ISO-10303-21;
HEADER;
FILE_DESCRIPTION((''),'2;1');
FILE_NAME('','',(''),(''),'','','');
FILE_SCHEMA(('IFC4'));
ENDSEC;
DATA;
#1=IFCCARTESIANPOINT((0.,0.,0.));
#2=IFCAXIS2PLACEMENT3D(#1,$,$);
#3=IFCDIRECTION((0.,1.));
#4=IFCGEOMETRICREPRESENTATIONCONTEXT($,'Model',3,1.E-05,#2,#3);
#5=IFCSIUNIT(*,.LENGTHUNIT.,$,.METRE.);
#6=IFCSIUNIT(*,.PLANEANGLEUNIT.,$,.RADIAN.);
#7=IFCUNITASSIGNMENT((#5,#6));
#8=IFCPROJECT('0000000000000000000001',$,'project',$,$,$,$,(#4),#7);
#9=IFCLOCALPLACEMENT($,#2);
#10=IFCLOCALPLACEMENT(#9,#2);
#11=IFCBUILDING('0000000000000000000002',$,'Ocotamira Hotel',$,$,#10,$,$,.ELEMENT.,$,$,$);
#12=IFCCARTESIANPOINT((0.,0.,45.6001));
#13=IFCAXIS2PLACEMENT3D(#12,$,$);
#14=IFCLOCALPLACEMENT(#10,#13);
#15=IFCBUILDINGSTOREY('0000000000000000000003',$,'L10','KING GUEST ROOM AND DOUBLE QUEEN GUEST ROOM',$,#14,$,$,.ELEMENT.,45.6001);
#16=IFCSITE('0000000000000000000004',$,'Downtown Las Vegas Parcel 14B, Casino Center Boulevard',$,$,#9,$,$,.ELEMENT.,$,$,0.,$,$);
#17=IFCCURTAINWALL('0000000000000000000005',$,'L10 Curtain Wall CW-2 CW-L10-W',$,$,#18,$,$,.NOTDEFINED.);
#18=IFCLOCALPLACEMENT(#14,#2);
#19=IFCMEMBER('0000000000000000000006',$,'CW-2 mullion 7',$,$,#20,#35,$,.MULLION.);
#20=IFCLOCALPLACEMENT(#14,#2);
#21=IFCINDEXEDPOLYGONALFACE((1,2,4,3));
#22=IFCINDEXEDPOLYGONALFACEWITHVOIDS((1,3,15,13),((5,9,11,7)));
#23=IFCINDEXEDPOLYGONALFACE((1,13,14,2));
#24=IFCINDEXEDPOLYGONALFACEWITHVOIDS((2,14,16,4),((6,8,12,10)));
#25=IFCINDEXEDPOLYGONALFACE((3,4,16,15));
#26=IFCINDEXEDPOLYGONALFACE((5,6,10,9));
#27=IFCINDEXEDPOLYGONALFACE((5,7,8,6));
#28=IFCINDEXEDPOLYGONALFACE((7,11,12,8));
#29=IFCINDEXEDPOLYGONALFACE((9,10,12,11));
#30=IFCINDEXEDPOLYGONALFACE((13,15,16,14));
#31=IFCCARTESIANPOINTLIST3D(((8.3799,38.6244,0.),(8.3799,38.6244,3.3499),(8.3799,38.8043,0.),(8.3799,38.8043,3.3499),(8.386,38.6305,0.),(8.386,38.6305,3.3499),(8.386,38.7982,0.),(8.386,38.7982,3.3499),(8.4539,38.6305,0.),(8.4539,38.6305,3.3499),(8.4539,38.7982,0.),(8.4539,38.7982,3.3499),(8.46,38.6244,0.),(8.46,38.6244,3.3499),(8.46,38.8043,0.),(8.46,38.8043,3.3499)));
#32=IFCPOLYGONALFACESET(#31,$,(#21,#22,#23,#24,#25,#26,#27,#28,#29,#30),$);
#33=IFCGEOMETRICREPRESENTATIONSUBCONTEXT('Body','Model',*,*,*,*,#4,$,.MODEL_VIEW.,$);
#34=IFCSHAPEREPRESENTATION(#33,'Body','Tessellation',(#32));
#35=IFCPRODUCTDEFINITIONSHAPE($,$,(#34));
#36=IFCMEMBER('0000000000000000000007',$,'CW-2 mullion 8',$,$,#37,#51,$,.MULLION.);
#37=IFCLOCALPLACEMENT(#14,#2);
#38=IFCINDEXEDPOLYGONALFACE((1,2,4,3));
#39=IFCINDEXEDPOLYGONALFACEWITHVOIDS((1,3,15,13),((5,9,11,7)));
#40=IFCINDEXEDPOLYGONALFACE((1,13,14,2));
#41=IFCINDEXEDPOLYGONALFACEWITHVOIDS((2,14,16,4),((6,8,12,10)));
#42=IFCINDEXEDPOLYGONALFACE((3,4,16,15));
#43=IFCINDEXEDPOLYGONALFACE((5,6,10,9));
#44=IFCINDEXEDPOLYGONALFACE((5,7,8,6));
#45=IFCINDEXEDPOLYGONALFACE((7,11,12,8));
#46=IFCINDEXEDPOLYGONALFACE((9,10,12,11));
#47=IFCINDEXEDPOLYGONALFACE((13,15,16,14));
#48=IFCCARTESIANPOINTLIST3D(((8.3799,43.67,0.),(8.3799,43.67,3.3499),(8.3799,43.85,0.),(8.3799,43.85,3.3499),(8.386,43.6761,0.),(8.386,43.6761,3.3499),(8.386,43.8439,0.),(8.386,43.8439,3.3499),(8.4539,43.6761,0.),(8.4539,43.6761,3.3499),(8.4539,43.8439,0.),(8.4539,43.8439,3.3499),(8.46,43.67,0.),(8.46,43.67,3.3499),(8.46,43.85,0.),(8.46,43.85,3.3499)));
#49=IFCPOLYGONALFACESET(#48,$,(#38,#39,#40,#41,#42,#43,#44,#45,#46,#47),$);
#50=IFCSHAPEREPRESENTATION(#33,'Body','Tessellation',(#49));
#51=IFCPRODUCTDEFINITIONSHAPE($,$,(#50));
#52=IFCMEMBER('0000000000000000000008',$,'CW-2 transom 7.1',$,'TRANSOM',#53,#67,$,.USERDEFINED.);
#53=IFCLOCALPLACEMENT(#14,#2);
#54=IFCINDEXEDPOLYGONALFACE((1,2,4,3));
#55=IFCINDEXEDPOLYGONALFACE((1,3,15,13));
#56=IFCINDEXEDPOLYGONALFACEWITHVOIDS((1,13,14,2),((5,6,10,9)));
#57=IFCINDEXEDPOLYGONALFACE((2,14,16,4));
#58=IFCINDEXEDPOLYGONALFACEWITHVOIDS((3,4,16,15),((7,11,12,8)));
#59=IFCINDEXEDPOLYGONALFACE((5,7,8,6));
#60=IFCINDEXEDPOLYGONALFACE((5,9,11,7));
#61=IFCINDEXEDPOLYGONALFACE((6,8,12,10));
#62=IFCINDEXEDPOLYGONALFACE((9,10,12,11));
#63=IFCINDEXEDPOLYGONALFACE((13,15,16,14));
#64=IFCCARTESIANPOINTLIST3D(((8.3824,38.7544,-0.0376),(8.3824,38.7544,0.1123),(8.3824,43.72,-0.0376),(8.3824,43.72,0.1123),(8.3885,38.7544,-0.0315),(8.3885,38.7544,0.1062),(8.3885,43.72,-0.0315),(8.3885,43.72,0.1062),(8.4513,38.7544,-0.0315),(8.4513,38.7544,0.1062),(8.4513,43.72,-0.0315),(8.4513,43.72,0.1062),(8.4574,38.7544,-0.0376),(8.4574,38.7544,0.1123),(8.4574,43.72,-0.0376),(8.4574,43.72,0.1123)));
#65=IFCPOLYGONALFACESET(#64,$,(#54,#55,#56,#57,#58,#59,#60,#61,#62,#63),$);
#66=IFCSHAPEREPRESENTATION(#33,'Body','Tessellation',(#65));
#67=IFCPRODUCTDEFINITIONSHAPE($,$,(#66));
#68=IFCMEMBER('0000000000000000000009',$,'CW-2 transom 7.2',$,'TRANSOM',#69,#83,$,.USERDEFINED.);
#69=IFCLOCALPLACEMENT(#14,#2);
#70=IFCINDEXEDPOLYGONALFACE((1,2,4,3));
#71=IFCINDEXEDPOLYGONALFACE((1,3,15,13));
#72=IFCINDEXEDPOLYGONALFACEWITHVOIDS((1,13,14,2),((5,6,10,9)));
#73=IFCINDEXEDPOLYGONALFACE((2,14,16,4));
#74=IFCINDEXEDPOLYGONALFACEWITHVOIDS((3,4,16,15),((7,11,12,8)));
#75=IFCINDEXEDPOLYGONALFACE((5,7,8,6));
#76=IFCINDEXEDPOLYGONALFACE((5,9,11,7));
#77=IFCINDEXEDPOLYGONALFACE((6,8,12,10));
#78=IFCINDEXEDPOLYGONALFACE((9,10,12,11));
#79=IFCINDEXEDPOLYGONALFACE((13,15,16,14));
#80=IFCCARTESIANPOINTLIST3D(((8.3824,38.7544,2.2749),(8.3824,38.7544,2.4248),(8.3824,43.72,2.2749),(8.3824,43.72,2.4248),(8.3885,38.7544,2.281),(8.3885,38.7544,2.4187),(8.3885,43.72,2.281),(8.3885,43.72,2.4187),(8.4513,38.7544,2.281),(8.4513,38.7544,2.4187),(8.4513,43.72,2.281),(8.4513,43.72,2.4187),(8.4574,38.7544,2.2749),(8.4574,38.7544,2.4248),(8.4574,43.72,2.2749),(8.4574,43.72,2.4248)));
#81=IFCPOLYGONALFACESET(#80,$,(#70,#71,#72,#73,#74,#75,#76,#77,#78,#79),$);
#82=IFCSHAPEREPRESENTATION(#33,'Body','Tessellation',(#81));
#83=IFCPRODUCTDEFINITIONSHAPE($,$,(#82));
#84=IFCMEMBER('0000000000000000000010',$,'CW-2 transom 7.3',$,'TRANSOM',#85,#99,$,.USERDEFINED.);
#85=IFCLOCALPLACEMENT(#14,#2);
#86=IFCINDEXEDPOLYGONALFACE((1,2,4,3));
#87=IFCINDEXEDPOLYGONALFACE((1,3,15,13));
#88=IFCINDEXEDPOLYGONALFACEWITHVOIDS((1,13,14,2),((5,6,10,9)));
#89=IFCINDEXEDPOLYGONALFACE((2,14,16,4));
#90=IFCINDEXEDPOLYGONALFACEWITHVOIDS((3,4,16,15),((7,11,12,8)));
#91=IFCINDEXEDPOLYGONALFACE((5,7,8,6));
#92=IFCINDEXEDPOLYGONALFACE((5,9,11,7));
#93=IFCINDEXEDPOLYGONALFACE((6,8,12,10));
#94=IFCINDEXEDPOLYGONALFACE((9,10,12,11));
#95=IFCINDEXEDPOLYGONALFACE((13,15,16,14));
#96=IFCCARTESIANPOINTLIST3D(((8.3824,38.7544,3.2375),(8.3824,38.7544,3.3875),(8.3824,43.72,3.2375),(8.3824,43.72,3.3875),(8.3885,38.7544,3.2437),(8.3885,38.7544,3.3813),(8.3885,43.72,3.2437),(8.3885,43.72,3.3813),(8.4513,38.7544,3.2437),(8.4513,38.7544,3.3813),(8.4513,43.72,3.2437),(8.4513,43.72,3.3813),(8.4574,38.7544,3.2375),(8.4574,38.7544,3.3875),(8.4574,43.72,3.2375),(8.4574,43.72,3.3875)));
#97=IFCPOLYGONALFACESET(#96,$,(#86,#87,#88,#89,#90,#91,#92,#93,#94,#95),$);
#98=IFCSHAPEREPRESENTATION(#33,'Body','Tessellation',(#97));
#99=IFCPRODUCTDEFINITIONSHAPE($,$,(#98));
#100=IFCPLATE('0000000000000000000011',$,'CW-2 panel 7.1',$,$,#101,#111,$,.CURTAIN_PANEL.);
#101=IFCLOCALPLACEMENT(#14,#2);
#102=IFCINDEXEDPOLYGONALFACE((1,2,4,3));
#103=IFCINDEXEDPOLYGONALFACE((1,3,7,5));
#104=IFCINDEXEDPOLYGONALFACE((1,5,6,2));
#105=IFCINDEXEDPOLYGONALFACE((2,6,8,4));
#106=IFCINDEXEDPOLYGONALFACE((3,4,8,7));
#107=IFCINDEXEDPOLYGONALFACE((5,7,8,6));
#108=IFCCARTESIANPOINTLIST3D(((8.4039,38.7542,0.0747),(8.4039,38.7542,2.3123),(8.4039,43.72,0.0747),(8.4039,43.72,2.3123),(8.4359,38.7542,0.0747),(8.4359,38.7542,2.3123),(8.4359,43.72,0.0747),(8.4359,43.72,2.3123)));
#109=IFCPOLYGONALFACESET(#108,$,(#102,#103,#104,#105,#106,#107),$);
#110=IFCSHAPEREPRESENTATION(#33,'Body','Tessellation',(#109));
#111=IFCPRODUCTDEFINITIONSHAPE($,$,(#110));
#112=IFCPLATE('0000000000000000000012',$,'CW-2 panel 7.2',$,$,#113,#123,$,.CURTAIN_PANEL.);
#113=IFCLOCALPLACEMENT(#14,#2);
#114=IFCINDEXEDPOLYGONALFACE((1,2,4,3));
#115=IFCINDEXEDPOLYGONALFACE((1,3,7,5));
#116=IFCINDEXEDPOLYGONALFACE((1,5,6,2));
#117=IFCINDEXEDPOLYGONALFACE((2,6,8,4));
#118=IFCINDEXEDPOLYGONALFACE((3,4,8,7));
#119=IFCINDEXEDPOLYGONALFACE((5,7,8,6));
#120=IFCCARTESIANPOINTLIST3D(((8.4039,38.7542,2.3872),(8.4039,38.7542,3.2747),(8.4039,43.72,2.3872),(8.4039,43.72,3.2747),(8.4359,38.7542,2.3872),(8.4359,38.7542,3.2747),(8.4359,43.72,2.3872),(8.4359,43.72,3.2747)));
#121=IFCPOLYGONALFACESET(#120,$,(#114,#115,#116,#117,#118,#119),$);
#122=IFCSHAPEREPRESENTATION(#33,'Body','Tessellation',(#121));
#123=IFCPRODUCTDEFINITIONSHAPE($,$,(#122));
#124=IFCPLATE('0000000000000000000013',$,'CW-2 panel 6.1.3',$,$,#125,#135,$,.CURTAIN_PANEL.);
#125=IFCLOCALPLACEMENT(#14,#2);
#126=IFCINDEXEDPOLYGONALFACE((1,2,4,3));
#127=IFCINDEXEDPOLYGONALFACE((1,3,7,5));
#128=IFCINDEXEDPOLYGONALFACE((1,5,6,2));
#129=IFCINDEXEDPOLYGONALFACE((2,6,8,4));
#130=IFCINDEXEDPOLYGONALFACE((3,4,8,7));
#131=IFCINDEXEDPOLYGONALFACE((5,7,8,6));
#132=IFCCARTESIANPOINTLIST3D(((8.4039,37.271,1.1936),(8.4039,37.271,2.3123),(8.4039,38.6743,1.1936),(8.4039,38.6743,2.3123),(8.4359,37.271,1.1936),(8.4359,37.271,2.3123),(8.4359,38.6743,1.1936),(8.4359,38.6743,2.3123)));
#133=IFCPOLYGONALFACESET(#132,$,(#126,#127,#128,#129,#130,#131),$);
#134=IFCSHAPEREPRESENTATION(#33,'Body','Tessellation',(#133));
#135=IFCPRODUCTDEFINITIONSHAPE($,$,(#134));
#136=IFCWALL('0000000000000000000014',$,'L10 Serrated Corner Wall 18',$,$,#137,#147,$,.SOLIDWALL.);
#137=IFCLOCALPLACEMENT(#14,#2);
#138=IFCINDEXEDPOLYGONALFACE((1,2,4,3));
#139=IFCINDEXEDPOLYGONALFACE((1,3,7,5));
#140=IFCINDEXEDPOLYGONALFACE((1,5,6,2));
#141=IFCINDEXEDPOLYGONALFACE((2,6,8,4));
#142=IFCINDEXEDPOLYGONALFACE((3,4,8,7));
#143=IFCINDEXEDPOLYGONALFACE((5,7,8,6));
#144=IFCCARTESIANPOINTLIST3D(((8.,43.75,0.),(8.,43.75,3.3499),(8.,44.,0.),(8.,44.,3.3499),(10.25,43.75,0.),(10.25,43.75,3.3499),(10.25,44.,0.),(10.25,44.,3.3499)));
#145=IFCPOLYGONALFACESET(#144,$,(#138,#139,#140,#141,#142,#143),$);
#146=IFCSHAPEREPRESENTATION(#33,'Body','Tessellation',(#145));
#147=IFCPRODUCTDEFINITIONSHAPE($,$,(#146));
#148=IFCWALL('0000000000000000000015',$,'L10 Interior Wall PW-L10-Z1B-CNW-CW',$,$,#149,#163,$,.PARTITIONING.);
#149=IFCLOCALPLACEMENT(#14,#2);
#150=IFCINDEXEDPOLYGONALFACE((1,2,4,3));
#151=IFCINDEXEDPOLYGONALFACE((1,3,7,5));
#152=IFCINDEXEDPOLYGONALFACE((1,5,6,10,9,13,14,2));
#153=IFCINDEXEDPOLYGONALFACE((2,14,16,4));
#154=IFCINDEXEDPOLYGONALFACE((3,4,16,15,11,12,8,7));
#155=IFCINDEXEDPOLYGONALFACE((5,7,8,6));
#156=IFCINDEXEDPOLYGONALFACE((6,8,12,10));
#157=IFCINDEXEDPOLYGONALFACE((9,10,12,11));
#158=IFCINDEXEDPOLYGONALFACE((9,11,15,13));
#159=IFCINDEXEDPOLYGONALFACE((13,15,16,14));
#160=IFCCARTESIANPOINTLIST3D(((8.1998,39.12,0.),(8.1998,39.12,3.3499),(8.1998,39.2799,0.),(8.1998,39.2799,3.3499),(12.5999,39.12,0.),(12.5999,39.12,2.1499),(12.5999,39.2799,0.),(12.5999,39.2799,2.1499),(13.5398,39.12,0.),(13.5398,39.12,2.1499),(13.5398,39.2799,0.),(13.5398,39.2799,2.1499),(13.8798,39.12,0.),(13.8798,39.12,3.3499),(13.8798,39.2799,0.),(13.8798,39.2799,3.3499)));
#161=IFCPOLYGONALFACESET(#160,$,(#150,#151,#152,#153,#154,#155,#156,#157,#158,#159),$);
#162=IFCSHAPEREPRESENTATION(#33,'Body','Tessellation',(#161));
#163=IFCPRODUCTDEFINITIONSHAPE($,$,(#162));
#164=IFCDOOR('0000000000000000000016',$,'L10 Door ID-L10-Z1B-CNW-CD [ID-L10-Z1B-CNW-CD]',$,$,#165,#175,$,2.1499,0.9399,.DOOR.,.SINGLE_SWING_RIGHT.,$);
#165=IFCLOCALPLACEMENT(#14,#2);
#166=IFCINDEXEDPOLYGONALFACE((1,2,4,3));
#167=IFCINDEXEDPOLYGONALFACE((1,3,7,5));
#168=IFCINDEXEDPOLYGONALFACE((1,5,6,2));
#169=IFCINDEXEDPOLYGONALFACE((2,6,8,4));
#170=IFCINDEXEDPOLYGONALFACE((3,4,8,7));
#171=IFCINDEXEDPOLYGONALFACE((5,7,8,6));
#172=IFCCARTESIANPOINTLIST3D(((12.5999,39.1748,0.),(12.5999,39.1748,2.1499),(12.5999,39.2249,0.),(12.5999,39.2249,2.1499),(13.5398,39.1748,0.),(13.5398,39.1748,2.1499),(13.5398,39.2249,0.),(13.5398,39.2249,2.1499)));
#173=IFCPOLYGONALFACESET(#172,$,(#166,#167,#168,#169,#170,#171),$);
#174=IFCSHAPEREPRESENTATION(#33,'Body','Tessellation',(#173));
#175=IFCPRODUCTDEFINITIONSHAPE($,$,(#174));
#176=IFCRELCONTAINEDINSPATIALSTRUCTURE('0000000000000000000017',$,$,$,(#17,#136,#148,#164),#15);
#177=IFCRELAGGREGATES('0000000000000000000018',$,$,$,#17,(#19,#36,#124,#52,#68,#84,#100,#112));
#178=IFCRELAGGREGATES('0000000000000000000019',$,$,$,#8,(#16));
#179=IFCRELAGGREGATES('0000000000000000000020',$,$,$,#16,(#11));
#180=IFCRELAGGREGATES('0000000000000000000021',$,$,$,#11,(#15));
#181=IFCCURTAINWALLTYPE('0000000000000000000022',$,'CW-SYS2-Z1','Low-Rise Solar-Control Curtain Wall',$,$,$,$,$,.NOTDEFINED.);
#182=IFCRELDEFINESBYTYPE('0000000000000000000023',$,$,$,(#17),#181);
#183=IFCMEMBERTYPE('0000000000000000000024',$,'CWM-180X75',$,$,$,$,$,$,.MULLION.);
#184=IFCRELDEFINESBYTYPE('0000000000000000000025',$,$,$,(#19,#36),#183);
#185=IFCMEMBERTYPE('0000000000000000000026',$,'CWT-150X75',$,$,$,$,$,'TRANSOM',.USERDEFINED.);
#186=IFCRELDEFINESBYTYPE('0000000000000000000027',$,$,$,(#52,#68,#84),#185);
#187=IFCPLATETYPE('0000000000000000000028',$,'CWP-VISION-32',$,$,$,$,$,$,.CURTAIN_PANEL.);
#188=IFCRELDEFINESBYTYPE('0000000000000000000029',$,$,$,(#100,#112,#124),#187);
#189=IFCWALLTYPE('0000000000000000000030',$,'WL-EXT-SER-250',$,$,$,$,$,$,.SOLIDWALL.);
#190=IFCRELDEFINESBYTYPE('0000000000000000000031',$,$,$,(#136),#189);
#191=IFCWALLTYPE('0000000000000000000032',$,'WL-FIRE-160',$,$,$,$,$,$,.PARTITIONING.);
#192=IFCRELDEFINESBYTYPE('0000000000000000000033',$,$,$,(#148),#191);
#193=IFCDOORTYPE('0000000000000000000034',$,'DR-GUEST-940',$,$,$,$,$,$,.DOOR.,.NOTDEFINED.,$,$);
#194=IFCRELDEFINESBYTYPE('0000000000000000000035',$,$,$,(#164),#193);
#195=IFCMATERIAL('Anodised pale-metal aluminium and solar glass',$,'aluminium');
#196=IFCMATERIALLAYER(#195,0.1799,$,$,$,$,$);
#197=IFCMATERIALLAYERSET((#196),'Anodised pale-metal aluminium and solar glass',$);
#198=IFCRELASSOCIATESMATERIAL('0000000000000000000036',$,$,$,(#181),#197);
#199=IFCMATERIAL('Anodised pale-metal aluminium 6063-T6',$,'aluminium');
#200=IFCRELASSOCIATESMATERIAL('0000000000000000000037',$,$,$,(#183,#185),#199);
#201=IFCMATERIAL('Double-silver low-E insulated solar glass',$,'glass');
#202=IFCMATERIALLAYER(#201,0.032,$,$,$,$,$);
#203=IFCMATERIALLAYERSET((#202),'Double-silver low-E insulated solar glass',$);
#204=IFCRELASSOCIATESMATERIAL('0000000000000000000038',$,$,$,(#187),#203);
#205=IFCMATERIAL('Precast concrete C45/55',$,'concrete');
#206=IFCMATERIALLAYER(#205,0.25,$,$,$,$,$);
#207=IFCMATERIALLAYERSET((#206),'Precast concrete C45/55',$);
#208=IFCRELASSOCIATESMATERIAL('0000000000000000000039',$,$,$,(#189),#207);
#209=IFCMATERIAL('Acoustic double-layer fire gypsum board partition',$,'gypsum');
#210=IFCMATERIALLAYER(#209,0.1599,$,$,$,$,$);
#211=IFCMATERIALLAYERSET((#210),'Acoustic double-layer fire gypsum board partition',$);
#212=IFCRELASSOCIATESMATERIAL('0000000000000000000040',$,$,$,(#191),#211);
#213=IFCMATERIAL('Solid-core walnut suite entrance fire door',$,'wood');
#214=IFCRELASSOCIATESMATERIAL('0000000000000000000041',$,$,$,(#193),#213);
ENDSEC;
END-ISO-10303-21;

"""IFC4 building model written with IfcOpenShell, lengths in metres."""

from ifc_helpers import new_model, si_unit, direction, frame, frame_2d, origin, origin_2d, place, context, subcontext, project, spatial, rectangle, hollow_rectangle, extrude, source, transform, mapped, material, layer, layer_set, material_profile, profile_set, type_object, element, fill, aggregate, save


model = new_model("IFC4")

# Units and contexts
model_context = context("Model", 3, precision=1e-05, world=origin(), true_north=direction((0.0, 1.0)))
body_context = subcontext(model_context, "Body", "Model", "MODEL_VIEW")
ifc_project = project(units=[si_unit("LENGTHUNIT", "METRE"), si_unit("PLANEANGLEUNIT", "RADIAN")], contexts=[model_context])

# Site, building, storey
site_placement = place(None, origin())
site = spatial("IfcSite", under=ifc_project, at=site_placement, Name="Downtown Las Vegas Parcel 14B, Casino Center Boulevard", CompositionType="ELEMENT", RefElevation=0.0)
building_placement = place(site_placement, origin())
building = spatial("IfcBuilding", under=site, at=building_placement, Name="Ocotamira Hotel", CompositionType="ELEMENT")
storey_placement = place(building_placement, frame((0.0, 0.0, 45.6001)))
storey = spatial("IfcBuildingStorey", under=building, at=storey_placement, Name="L10", Description="KING GUEST ROOM AND DOUBLE QUEEN GUEST ROOM", CompositionType="ELEMENT", Elevation=45.6001)

# Curtain wall, members, plates
ifc_material_1 = material(Name="Anodised pale-metal aluminium and solar glass", Category="aluminium")
ifc_layer_1 = layer(ifc_material_1, 0.1799)
ifc_layer_set_1 = layer_set([ifc_layer_1], Name="Anodised pale-metal aluminium and solar glass")
curtain_wall_type = type_object("IfcCurtainWallType", Name="CW-SYS2-Z1", Description="Low-Rise Solar-Control Curtain Wall", PredefinedType="NOTDEFINED", material=ifc_layer_set_1)
curtain_wall_placement = place(storey_placement, origin())
curtain_wall = element("IfcCurtainWall", 1, at=curtain_wall_placement, inside=storey, type_object=curtain_wall_type, Name="L10 Curtain Wall CW-2 CW-L10-W", PredefinedType="NOTDEFINED")
ifc_material_2 = material(Name="Anodised pale-metal aluminium 6063-T6", Category="aluminium")
ifc_material_profile_1 = material_profile(ifc_material_2, hollow_rectangle(XDim=0.0801, YDim=0.1799, WallThickness=0.0061, at=origin_2d()), Name="HSS180X80X6")
ifc_profile_set_1 = profile_set([ifc_material_profile_1], Name="Anodised pale-metal aluminium 6063-T6")
member_type_1 = type_object("IfcMemberType", Name="CWM-180X75", PredefinedType="MULLION", material=ifc_profile_set_1)
shared_shape_1 = source(origin(), body_context, "Body", "SweptSolid", [
    extrude(hollow_rectangle(XDim=0.0801, YDim=0.1799, WallThickness=0.0061, at=origin_2d()), origin(), (0.0, 0.0, 1.0), 3.3499),
])
member_1_placement = place(storey_placement, frame((8.4199, 38.7144, 0.0), z_axis=(0.0, 0.0, 1.0), x_axis=(-1.0, 0.0, 0.0)))
member_1 = element("IfcMember", 2, at=member_1_placement, type_object=member_type_1, Name="CW-2 mullion 7", PredefinedType="MULLION", context=body_context, shape_type="MappedRepresentation", body=[
    mapped(shared_shape_1, transform((0.0, 0.0, 0.0), scale=1.0)),
])
member_2_placement = place(storey_placement, frame((8.4199, 43.76, 0.0), z_axis=(0.0, 0.0, 1.0), x_axis=(-1.0, 0.0, 0.0)))
member_2 = element("IfcMember", 3, at=member_2_placement, type_object=member_type_1, Name="CW-2 mullion 8", PredefinedType="MULLION", context=body_context, shape_type="MappedRepresentation", body=[
    mapped(shared_shape_1, transform((0.0, 0.0, 0.0), scale=1.0)),
])
ifc_material_profile_2 = material_profile(ifc_material_2, hollow_rectangle(XDim=0.075, YDim=0.1499, WallThickness=0.0061, at=origin_2d()), Name="HSS150X75X6")
ifc_profile_set_2 = profile_set([ifc_material_profile_2], Name="Anodised pale-metal aluminium 6063-T6")
member_type_2 = type_object("IfcMemberType", Name="CWT-150X75", ElementType="TRANSOM", PredefinedType="USERDEFINED", material=ifc_profile_set_2)
shared_shape_2 = source(origin(), body_context, "Body", "SweptSolid", [
    extrude(hollow_rectangle(XDim=0.075, YDim=0.1499, WallThickness=0.0061, at=origin_2d()), origin(), (0.0, 0.0, 1.0), 4.9656),
])
member_3_placement = place(storey_placement, frame((8.4199, 38.7544, 0.0374), z_axis=(0.0, 1.0, 0.0), x_axis=(-1.0, 0.0, 0.0)))
member_3 = element("IfcMember", 4, at=member_3_placement, type_object=member_type_2, Name="CW-2 transom 7.1", ObjectType="TRANSOM", PredefinedType="USERDEFINED", context=body_context, shape_type="MappedRepresentation", body=[
    mapped(shared_shape_2, transform((0.0, 0.0, 0.0), scale=1.0)),
])
member_4_placement = place(storey_placement, frame((8.4199, 38.7544, 2.3499), z_axis=(0.0, 1.0, 0.0), x_axis=(-1.0, 0.0, 0.0)))
member_4 = element("IfcMember", 5, at=member_4_placement, type_object=member_type_2, Name="CW-2 transom 7.2", ObjectType="TRANSOM", PredefinedType="USERDEFINED", context=body_context, shape_type="MappedRepresentation", body=[
    mapped(shared_shape_2, transform((0.0, 0.0, 0.0), scale=1.0)),
])
member_5_placement = place(storey_placement, frame((8.4199, 38.7544, 3.3125), z_axis=(0.0, 1.0, 0.0), x_axis=(-1.0, 0.0, 0.0)))
member_5 = element("IfcMember", 6, at=member_5_placement, type_object=member_type_2, Name="CW-2 transom 7.3", ObjectType="TRANSOM", PredefinedType="USERDEFINED", context=body_context, shape_type="MappedRepresentation", body=[
    mapped(shared_shape_2, transform((0.0, 0.0, 0.0), scale=1.0)),
])
ifc_material_3 = material(Name="Double-silver low-E insulated solar glass", Category="glass")
ifc_layer_2 = layer(ifc_material_3, 0.032)
ifc_layer_set_2 = layer_set([ifc_layer_2], Name="Double-silver low-E insulated solar glass")
plate_type = type_object("IfcPlateType", Name="CWP-VISION-32", PredefinedType="CURTAIN_PANEL", material=ifc_layer_set_2)
shared_shape_3 = source(origin(), body_context, "Body", "SweptSolid", [
    extrude(rectangle(XDim=4.9658, YDim=0.032, at=origin_2d()), origin(), (0.0, 0.0, 1.0), 2.2375),
])
plate_1_placement = place(storey_placement, frame((8.4199, 41.2371, 0.0747), z_axis=(0.0, 0.0, 1.0), x_axis=(0.0, 1.0, 0.0)))
plate_1 = element("IfcPlate", 7, at=plate_1_placement, type_object=plate_type, Name="CW-2 panel 7.1", PredefinedType="CURTAIN_PANEL", context=body_context, shape_type="MappedRepresentation", body=[
    mapped(shared_shape_3, transform((0.0, 0.0, 0.0), scale=1.0)),
])
shared_shape_4 = source(origin(), body_context, "Body", "SweptSolid", [
    extrude(rectangle(XDim=4.9658, YDim=0.032, at=origin_2d()), origin(), (0.0, 0.0, 1.0), 0.8875),
])
plate_2_placement = place(storey_placement, frame((8.4199, 41.2371, 2.3872), z_axis=(0.0, 0.0, 1.0), x_axis=(0.0, 1.0, 0.0)))
plate_2 = element("IfcPlate", 8, at=plate_2_placement, type_object=plate_type, Name="CW-2 panel 7.2", PredefinedType="CURTAIN_PANEL", context=body_context, shape_type="MappedRepresentation", body=[
    mapped(shared_shape_4, transform((0.0, 0.0, 0.0), scale=1.0)),
])
shared_shape_5 = source(origin(), body_context, "Body", "SweptSolid", [
    extrude(rectangle(XDim=1.4033, YDim=0.032, at=origin_2d()), origin(), (0.0, 0.0, 1.0), 1.1187),
])
plate_3_placement = place(storey_placement, frame((8.4199, 37.9727, 1.1936), z_axis=(0.0, 0.0, 1.0), x_axis=(0.0, 1.0, 0.0)))
plate_3 = element("IfcPlate", 9, at=plate_3_placement, type_object=plate_type, Name="CW-2 panel 6.1.3", PredefinedType="CURTAIN_PANEL", context=body_context, shape_type="MappedRepresentation", body=[
    mapped(shared_shape_5, transform((0.0, 0.0, 0.0), scale=1.0)),
])
aggregate(curtain_wall, [member_1, member_2, plate_3, member_3, member_4, member_5, plate_1, plate_2])

# Wall
ifc_material_4 = material(Name="Precast concrete C45/55", Category="concrete")
ifc_layer_3 = layer(ifc_material_4, 0.25)
ifc_layer_set_3 = layer_set([ifc_layer_3], Name="Precast concrete C45/55")
wall_type_1 = type_object("IfcWallType", Name="WL-EXT-SER-250", PredefinedType="SOLIDWALL", material=ifc_layer_set_3)
wall_1_placement = place(storey_placement, frame((10.25, 43.875, 0.0), z_axis=(0.0, 0.0, 1.0), x_axis=(-1.0, 0.0, 0.0)))
element("IfcWall", 10, at=wall_1_placement, inside=storey, type_object=wall_type_1, Name="L10 Serrated Corner Wall 18", PredefinedType="SOLIDWALL", context=body_context, shape_type="SweptSolid", body=[
    extrude(rectangle(XDim=2.25, YDim=0.25, at=frame_2d((1.125, 0.0))), origin(), (0.0, 0.0, 1.0), 3.3499),
])

# Wall, opening, door
ifc_material_5 = material(Name="Acoustic double-layer fire gypsum board partition", Category="gypsum")
ifc_layer_4 = layer(ifc_material_5, 0.1599)
ifc_layer_set_4 = layer_set([ifc_layer_4], Name="Acoustic double-layer fire gypsum board partition")
wall_type_2 = type_object("IfcWallType", Name="WL-FIRE-160", PredefinedType="PARTITIONING", material=ifc_layer_set_4)
wall_2_placement = place(storey_placement, frame((8.2, 39.2, 0.0), z_axis=(0.0, 0.0, 1.0), x_axis=(1.0, 0.0, 0.0)))
wall_2 = element("IfcWall", 11, at=wall_2_placement, inside=storey, type_object=wall_type_2, Name="L10 Interior Wall PW-L10-Z1B-CNW-CW", PredefinedType="PARTITIONING", context=body_context, shape_type="SweptSolid", body=[
    extrude(rectangle(XDim=5.6799, YDim=0.1599, at=frame_2d((2.8398, 0.0))), origin(), (0.0, 0.0, 1.0), 3.3499),
])
opening_1_placement = place(wall_2_placement, frame((4.3999, 0.0, 0.0)))
opening_1 = element("IfcOpeningElement", 12, at=opening_1_placement, cuts=wall_2, PredefinedType="OPENING", context=body_context, shape_type="SweptSolid", body=[
    extrude(rectangle(XDim=0.9399, YDim=2.1499, at=frame_2d((0.47, 1.075))), frame((0.0, 0.0898, 0.0), z_axis=(0.0, -1.0, 0.0), x_axis=(1.0, 0.0, 0.0)), (0.0, 0.0, 1.0), 0.1799),
])
ifc_material_6 = material(Name="Solid-core walnut suite entrance fire door", Category="wood")
door_type_1 = type_object("IfcDoorType", Name="DR-GUEST-940", OperationType="NOTDEFINED", PredefinedType="DOOR", material=ifc_material_6)
shared_shape_6 = source(origin(), body_context, "Body", "SweptSolid", [
    extrude(rectangle(XDim=0.9399, YDim=2.1499, at=frame_2d((0.47, 1.075))), frame((0.0, 0.0249, 0.0), z_axis=(0.0, -1.0, 0.0), x_axis=(1.0, 0.0, 0.0)), (0.0, 0.0, 1.0), 0.05),
])
door_1_placement = place(opening_1_placement, origin())
door_1 = element("IfcDoor", 13, at=door_1_placement, inside=storey, type_object=door_type_1, Name="L10 Door ID-L10-Z1B-CNW-CD [ID-L10-Z1B-CNW-CD]", OperationType="SINGLE_SWING_RIGHT", OverallHeight=2.1499, OverallWidth=0.9399, PredefinedType="DOOR", context=body_context, shape_type="MappedRepresentation", body=[
    mapped(shared_shape_6, transform((0.0, 0.0, 0.0), scale=1.0)),
])
fill(opening_1, door_1)

save(model, "model.ifc")
